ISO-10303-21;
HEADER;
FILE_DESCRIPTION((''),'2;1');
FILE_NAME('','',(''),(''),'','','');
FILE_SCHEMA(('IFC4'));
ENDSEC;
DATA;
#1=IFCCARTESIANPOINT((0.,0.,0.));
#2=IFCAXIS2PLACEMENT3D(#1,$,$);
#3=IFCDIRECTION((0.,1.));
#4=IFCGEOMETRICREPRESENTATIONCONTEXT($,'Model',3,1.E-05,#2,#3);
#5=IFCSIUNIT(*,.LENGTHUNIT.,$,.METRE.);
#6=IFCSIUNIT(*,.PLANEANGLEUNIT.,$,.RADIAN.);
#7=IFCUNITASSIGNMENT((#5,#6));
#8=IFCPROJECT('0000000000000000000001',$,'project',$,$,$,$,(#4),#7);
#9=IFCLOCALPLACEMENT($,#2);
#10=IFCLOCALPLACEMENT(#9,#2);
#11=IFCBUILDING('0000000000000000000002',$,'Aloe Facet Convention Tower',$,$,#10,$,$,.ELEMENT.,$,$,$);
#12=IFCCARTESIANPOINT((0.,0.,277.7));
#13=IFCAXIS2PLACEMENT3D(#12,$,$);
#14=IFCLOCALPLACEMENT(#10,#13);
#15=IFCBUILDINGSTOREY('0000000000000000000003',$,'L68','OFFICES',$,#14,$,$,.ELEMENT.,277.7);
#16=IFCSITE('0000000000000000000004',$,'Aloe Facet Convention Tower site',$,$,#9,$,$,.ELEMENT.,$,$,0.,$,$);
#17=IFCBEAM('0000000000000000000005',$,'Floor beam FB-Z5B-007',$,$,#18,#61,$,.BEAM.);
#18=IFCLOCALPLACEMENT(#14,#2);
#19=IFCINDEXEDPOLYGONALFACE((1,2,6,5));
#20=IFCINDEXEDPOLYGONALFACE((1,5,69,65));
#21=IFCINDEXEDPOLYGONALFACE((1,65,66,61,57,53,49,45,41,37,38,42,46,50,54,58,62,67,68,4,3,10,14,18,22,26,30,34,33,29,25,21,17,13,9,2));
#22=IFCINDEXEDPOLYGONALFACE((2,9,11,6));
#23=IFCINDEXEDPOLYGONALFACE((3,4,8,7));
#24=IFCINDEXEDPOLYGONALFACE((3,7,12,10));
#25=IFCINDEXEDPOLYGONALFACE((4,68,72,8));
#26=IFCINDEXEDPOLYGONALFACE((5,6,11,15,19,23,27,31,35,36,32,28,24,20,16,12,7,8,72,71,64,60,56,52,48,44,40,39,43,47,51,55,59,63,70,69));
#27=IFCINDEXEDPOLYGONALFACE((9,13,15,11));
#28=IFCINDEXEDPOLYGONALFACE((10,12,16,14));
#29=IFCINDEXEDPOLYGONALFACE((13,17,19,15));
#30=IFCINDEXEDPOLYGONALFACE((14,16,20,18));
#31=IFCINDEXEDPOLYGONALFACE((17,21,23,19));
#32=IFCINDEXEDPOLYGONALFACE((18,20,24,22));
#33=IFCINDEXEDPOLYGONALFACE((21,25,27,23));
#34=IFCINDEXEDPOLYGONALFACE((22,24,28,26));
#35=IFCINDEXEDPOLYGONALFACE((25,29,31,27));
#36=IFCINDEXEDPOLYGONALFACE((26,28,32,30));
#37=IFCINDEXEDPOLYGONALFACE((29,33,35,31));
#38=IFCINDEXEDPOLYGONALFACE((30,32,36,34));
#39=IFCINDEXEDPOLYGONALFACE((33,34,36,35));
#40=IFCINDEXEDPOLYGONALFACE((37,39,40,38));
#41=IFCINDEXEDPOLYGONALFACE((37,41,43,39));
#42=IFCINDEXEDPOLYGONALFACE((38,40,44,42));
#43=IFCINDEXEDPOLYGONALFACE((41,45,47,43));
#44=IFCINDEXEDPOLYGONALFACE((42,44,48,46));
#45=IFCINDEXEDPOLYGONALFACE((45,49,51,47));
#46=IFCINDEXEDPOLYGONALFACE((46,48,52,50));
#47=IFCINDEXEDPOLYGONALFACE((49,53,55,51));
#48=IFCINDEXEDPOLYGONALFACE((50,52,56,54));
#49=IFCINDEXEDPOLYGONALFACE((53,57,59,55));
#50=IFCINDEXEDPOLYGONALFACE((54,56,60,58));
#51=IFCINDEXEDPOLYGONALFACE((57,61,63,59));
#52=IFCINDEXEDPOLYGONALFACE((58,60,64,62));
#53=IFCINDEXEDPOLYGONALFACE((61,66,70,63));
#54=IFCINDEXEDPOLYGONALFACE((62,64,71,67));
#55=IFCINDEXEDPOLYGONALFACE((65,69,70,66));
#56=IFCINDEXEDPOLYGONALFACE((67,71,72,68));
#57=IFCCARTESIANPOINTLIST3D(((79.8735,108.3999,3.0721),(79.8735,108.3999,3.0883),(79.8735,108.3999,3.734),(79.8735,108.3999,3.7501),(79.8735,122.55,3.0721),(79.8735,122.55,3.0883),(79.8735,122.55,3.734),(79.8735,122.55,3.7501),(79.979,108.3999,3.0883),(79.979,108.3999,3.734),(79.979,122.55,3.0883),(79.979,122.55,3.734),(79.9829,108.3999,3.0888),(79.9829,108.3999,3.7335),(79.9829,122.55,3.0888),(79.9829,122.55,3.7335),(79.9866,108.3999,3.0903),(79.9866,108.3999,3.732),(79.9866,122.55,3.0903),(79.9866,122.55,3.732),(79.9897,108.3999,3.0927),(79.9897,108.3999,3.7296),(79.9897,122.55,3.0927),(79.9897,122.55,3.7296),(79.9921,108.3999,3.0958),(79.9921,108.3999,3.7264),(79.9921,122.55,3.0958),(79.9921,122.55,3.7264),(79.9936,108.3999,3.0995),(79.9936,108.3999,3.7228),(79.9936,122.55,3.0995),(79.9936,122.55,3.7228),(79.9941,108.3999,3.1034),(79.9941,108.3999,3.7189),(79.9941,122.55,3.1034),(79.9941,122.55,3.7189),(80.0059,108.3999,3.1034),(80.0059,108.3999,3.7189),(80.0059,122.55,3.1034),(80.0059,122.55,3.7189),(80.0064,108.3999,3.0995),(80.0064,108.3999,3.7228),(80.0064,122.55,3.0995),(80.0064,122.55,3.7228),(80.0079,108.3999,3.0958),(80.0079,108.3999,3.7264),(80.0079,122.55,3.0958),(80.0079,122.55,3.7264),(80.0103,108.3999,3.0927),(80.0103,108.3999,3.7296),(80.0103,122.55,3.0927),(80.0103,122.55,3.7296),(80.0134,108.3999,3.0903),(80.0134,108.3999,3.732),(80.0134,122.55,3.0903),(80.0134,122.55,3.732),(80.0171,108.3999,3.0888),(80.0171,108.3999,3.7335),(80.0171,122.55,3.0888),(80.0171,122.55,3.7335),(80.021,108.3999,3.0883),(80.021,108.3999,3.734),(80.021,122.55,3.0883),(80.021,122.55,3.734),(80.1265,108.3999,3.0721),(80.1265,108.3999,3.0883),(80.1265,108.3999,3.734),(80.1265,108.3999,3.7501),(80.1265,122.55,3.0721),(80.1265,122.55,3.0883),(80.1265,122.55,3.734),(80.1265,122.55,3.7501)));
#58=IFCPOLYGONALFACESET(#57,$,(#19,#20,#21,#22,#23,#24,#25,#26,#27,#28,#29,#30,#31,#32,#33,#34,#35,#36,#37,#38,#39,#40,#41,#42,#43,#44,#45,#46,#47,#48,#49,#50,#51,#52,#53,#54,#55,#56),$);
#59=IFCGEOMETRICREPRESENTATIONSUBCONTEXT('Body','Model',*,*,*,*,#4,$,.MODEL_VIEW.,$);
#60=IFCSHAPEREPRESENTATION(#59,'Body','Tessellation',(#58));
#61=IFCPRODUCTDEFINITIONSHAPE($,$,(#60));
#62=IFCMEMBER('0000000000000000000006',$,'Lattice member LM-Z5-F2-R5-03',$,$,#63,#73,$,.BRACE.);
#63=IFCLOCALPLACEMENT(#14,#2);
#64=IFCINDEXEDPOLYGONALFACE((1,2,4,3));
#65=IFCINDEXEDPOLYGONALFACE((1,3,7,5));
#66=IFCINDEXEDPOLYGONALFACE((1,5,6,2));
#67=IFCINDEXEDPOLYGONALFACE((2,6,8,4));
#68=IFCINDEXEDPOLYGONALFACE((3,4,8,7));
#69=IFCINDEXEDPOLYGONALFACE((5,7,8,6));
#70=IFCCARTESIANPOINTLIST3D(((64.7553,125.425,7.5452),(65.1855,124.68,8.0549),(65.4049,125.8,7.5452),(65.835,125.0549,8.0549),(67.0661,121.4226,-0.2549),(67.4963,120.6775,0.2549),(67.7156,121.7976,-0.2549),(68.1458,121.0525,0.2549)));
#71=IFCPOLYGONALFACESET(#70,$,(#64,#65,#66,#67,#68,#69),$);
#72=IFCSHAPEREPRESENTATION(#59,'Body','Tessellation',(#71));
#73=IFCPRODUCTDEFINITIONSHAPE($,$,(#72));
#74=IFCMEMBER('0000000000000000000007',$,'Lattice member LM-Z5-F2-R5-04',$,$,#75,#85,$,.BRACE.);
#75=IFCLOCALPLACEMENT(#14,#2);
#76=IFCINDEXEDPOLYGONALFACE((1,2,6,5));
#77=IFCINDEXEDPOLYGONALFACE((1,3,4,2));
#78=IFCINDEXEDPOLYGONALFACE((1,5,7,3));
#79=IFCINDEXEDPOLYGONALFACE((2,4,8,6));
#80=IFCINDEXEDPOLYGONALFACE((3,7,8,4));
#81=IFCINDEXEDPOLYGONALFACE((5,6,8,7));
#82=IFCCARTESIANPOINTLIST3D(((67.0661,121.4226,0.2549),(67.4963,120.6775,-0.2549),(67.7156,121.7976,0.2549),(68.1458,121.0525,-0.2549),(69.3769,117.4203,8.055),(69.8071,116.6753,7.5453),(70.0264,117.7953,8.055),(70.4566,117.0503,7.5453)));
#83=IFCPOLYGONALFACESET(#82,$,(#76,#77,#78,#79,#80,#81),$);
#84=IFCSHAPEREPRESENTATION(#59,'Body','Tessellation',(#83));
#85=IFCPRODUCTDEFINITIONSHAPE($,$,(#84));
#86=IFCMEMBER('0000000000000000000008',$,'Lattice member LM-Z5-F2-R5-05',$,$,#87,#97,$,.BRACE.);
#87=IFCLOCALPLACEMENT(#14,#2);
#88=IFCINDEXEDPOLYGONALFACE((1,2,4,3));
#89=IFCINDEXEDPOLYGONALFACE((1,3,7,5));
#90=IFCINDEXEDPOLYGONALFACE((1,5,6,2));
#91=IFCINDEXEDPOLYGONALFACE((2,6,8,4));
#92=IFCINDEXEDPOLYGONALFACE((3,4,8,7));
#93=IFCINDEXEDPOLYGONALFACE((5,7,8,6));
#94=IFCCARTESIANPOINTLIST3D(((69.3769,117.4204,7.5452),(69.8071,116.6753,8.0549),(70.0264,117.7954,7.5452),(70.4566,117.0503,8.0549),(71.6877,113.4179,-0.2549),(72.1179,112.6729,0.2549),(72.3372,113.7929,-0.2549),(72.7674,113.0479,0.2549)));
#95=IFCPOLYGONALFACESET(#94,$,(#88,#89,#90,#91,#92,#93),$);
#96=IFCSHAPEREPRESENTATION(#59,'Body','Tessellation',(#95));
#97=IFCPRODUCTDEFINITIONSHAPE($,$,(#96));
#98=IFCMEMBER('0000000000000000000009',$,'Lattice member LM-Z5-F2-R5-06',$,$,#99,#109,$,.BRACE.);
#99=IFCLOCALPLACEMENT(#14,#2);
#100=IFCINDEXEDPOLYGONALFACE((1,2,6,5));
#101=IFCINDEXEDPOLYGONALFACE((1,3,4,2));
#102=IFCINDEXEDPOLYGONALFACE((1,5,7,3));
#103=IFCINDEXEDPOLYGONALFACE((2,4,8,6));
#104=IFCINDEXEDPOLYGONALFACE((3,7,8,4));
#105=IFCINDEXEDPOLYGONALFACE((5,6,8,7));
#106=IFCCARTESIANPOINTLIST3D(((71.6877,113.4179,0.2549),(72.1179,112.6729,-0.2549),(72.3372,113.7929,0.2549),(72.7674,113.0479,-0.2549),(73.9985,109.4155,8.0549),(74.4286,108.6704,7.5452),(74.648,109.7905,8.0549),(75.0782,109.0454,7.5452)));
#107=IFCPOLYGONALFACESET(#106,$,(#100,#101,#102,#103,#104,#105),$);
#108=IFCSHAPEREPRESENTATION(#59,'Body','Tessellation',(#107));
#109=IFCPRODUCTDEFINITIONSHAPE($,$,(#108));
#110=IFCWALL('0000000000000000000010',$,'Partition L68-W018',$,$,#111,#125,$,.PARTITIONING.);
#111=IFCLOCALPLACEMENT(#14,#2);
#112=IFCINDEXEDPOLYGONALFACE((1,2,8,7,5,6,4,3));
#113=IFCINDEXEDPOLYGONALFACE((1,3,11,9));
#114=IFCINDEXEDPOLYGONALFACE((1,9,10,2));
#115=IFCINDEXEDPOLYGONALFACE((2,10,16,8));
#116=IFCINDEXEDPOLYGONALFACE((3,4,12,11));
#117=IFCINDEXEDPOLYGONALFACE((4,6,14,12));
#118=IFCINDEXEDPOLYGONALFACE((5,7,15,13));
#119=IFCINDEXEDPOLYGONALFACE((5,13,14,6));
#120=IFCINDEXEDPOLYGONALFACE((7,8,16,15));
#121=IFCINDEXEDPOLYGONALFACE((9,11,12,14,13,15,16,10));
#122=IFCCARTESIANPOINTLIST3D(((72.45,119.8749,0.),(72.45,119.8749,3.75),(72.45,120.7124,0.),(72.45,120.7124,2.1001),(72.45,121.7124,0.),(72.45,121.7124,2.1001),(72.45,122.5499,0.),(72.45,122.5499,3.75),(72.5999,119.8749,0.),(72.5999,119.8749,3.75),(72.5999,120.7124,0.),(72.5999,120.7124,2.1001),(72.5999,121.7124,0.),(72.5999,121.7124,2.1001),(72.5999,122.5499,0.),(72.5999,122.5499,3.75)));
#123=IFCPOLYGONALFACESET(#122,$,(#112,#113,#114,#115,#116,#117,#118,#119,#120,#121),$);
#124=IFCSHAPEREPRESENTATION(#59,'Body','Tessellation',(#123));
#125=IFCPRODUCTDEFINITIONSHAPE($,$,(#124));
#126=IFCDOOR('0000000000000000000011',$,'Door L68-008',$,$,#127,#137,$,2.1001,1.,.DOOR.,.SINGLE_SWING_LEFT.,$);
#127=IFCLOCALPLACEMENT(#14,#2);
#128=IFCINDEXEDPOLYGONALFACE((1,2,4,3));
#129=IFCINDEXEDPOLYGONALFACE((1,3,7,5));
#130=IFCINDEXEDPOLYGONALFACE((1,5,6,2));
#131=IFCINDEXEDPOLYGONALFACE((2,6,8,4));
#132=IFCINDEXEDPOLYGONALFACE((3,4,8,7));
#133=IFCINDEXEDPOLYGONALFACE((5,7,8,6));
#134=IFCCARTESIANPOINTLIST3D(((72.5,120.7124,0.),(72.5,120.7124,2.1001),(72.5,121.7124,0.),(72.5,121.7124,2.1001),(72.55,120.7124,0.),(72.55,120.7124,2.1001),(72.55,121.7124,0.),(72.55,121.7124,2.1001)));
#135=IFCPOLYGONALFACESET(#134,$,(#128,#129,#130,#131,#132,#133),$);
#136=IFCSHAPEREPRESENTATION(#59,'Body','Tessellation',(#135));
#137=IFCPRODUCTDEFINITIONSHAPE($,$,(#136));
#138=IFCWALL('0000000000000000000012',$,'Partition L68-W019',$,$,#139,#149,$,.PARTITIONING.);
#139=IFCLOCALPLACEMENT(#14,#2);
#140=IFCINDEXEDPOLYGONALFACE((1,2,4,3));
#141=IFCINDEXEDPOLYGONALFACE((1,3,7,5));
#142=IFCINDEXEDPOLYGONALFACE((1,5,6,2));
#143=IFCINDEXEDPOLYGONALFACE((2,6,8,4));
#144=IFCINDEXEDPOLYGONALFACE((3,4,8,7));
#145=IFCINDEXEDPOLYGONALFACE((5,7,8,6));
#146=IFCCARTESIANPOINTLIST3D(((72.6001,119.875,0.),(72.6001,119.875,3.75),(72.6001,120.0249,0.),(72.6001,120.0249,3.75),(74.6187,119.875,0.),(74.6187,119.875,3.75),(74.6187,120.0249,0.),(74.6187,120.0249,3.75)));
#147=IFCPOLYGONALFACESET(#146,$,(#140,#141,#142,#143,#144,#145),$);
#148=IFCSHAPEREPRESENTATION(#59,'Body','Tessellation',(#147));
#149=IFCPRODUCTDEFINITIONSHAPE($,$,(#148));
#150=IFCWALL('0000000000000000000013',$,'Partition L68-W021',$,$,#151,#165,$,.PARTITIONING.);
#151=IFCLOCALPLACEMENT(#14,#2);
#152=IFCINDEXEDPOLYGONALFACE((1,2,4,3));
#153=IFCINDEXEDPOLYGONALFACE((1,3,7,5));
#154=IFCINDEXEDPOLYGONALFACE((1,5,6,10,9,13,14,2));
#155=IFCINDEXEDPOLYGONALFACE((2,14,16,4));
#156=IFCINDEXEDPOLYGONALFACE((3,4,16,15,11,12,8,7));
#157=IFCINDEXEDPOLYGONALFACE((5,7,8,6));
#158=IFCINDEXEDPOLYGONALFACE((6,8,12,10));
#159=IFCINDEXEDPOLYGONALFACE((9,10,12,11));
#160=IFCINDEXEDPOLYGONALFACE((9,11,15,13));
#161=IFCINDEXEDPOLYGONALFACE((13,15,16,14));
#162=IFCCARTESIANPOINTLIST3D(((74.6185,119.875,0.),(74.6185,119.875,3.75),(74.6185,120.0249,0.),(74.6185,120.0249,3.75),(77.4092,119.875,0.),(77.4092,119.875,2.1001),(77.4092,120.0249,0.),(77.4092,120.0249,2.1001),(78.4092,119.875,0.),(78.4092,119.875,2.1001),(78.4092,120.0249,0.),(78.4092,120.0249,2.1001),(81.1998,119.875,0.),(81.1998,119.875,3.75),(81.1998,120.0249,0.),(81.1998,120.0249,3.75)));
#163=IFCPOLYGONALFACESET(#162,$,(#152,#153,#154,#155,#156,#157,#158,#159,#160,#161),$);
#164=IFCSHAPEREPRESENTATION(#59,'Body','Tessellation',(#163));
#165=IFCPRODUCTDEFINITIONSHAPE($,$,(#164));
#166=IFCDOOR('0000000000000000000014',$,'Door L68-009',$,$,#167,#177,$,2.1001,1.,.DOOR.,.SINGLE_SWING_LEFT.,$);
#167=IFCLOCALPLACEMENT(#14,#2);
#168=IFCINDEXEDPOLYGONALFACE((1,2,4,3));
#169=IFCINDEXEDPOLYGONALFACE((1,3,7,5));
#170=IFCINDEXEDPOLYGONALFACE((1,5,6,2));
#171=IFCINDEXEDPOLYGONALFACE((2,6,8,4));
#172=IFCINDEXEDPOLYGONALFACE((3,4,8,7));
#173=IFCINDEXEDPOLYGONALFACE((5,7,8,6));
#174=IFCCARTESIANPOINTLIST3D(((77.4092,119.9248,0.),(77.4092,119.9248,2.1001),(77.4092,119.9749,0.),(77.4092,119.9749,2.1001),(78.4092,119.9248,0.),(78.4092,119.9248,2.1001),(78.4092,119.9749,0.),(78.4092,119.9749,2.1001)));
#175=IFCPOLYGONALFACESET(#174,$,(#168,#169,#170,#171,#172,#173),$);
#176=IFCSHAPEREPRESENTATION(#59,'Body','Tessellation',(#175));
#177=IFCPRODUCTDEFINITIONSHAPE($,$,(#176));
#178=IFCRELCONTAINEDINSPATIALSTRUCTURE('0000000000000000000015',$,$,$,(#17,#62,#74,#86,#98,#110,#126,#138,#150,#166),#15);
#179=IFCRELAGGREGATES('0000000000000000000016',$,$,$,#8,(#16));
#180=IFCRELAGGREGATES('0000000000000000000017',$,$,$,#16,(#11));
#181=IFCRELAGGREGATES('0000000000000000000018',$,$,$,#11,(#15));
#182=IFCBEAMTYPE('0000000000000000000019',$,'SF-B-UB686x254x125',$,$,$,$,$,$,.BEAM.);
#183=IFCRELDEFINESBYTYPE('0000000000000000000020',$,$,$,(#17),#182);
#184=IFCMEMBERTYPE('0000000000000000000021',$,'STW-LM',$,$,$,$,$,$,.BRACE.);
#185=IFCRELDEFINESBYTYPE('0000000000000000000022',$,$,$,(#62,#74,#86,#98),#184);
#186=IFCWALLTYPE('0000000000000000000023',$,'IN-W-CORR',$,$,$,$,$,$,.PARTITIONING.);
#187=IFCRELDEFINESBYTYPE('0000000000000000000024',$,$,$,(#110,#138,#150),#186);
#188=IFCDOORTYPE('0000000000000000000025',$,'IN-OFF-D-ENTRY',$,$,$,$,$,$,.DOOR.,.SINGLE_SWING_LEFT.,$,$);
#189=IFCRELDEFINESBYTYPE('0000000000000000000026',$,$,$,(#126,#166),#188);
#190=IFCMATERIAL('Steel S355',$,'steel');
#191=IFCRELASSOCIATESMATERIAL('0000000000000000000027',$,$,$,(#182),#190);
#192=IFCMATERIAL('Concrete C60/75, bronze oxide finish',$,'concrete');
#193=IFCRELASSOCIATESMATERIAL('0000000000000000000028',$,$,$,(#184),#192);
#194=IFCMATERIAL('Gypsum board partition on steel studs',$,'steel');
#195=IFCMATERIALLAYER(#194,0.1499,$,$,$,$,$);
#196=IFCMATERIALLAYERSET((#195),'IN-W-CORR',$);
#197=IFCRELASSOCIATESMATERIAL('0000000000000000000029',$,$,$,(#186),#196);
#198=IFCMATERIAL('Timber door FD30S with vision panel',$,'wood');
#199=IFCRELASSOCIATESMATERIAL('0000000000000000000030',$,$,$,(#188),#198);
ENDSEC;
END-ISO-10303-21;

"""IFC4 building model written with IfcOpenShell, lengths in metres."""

from ifc_helpers import new_model, si_unit, direction, frame, frame_2d, origin, origin_2d, place, context, subcontext, project, spatial, rectangle, i_section, extrude, material, layer, layer_set, material_profile, profile_set, type_object, element, fill, save


model = new_model("IFC4")

# Units and contexts
model_context = context("Model", 3, precision=1e-05, world=origin(), true_north=direction((0.0, 1.0)))
body_context = subcontext(model_context, "Body", "Model", "MODEL_VIEW")
ifc_project = project(units=[si_unit("LENGTHUNIT", "METRE"), si_unit("PLANEANGLEUNIT", "RADIAN")], contexts=[model_context])

# Site, building, storey
site_placement = place(None, origin())
site = spatial("IfcSite", under=ifc_project, at=site_placement, Name="Aloe Facet Convention Tower site", CompositionType="ELEMENT", RefElevation=0.0)
building_placement = place(site_placement, origin())
building = spatial("IfcBuilding", under=site, at=building_placement, Name="Aloe Facet Convention Tower", CompositionType="ELEMENT")
storey_placement = place(building_placement, frame((0.0, 0.0, 277.7)))
storey = spatial("IfcBuildingStorey", under=building, at=storey_placement, Name="L68", Description="OFFICES", CompositionType="ELEMENT", Elevation=277.7)

# Beam
ifc_material_1 = material(Name="Steel S355", Category="steel")
ifc_material_profile_1 = material_profile(ifc_material_1, i_section(OverallWidth=0.2529, OverallDepth=0.678, WebThickness=0.0117, FlangeThickness=0.0161, FilletRadius=0.0151, at=origin_2d()), Name="UB 686x254x125")
ifc_profile_set_1 = profile_set([ifc_material_profile_1], Name="Steel S355")
beam_type_1 = type_object("IfcBeamType", Name="SF-B-UB686x254x125", PredefinedType="BEAM", material=ifc_profile_set_1)
beam_1_placement = place(storey_placement, frame((80.0, 122.55, 3.4111), z_axis=(0.0, -1.0, 0.0), x_axis=(1.0, 0.0, 0.0)))
element("IfcBeam", 1, at=beam_1_placement, inside=storey, type_object=beam_type_1, Name="Floor beam FB-Z5B-007", PredefinedType="BEAM", context=body_context, shape_type="SweptSolid", body=[
    extrude(i_section(OverallWidth=0.2529, OverallDepth=0.678, WebThickness=0.0117, FlangeThickness=0.0161, FilletRadius=0.0151, at=origin_2d()), origin(), (0.0, 0.0, 1.0), 14.1501),
])

# Members
ifc_material_2 = material(Name="Concrete C60/75, bronze oxide finish", Category="concrete")
ifc_material_profile_2 = material_profile(ifc_material_2, rectangle(XDim=0.75, YDim=1.0, at=origin_2d()), Name="STW-LM")
ifc_profile_set_2 = profile_set([ifc_material_profile_2], Name="Concrete C60/75, bronze oxide finish")
member_type = type_object("IfcMemberType", Name="STW-LM", PredefinedType="BRACE", material=ifc_profile_set_2)
for number, where, z_axis, x_axis, name in (
    (2, (67.606, 121.2375, 0.0), (-0.254873, 0.441458, 0.860322), (-0.866027, -0.499997, 0.0), "Lattice member LM-Z5-F2-R5-03"),
    (3, (67.606, 121.2375, 0.0), (0.254876, -0.441436, 0.860333), (0.866014, 0.50002, 0.0), "Lattice member LM-Z5-F2-R5-04"),
    (4, (72.2275, 113.2329, 0.0), (-0.254873, 0.441458, 0.860322), (-0.866027, -0.499997, 0.0), "Lattice member LM-Z5-F2-R5-05"),
    (5, (72.2275, 113.2329, 0.0), (0.254873, -0.441458, 0.860322), (0.866027, 0.499997, 0.0), "Lattice member LM-Z5-F2-R5-06"),
):
    element("IfcMember", number, at=place(storey_placement, frame(where, z_axis=z_axis, x_axis=x_axis)), inside=storey, type_object=member_type, Name=name, PredefinedType="BRACE", context=body_context, shape_type="SweptSolid", body=[
        extrude(rectangle(XDim=0.75, YDim=1.0, at=origin_2d()), origin(), (0.0, 0.0, 1.0), 9.0664),
    ])

# Wall, opening, door
ifc_material_3 = material(Name="Gypsum board partition on steel studs", Category="steel")
ifc_layer_1 = layer(ifc_material_3, 0.1499)
ifc_layer_set_1 = layer_set([ifc_layer_1], Name="IN-W-CORR")
wall_type_1 = type_object("IfcWallType", Name="IN-W-CORR", PredefinedType="PARTITIONING", material=ifc_layer_set_1)
wall_1_placement = place(storey_placement, frame((72.5249, 119.875, 0.0), z_axis=(0.0, 0.0, 1.0), x_axis=(0.0, 1.0, 0.0)))
wall_1 = element("IfcWall", 6, at=wall_1_placement, inside=storey, type_object=wall_type_1, Name="Partition L68-W018", PredefinedType="PARTITIONING", context=body_context, shape_type="SweptSolid", body=[
    extrude(rectangle(XDim=2.675, YDim=0.1499, at=frame_2d((1.3374, 0.0))), origin(), (0.0, 0.0, 1.0), 3.75),
])
opening_1_placement = place(wall_1_placement, frame((0.8374, 0.0, 0.0)))
opening_1 = element("IfcOpeningElement", 7, at=opening_1_placement, cuts=wall_1, PredefinedType="OPENING", context=body_context, shape_type="SweptSolid", body=[
    extrude(rectangle(XDim=1.0, YDim=2.1001, at=frame_2d((0.5, 1.05))), frame((0.0, 0.085, 0.0), z_axis=(0.0, -1.0, 0.0), x_axis=(1.0, 0.0, 0.0)), (0.0, 0.0, 1.0), 0.1699),
])
ifc_material_4 = material(Name="Timber door FD30S with vision panel", Category="wood")
door_type_1 = type_object("IfcDoorType", Name="IN-OFF-D-ENTRY", OperationType="SINGLE_SWING_LEFT", PredefinedType="DOOR", material=ifc_material_4)
door_1_placement = place(opening_1_placement, origin())
door_1 = element("IfcDoor", 8, at=door_1_placement, inside=storey, type_object=door_type_1, Name="Door L68-008", OperationType="SINGLE_SWING_LEFT", OverallHeight=2.1001, OverallWidth=1.0, PredefinedType="DOOR", context=body_context, shape_type="SweptSolid", body=[
    extrude(rectangle(XDim=1.0, YDim=2.1001, at=frame_2d((0.5, 1.05))), frame((0.0, 0.0249, 0.0), z_axis=(0.0, -1.0, 0.0), x_axis=(1.0, 0.0, 0.0)), (0.0, 0.0, 1.0), 0.05),
])
fill(opening_1, door_1)

# Wall
wall_2_placement = place(storey_placement, frame((72.6001, 119.95, 0.0), z_axis=(0.0, 0.0, 1.0), x_axis=(1.0, 0.0, 0.0)))
element("IfcWall", 9, at=wall_2_placement, inside=storey, type_object=wall_type_1, Name="Partition L68-W019", PredefinedType="PARTITIONING", context=body_context, shape_type="SweptSolid", body=[
    extrude(rectangle(XDim=2.0186, YDim=0.1499, at=frame_2d((1.0093, 0.0))), origin(), (0.0, 0.0, 1.0), 3.75),
])

# Wall, opening, door
wall_3_placement = place(storey_placement, frame((74.6187, 119.95, 0.0), z_axis=(0.0, 0.0, 1.0), x_axis=(1.0, 0.0, 0.0)))
wall_3 = element("IfcWall", 10, at=wall_3_placement, inside=storey, type_object=wall_type_1, Name="Partition L68-W021", PredefinedType="PARTITIONING", context=body_context, shape_type="SweptSolid", body=[
    extrude(rectangle(XDim=6.5813, YDim=0.1499, at=frame_2d((3.2905, 0.0))), origin(), (0.0, 0.0, 1.0), 3.75),
])
opening_2_placement = place(wall_3_placement, frame((2.7905, 0.0, 0.0)))
opening_2 = element("IfcOpeningElement", 11, at=opening_2_placement, cuts=wall_3, PredefinedType="OPENING", context=body_context, shape_type="SweptSolid", body=[
    extrude(rectangle(XDim=1.0, YDim=2.1001, at=frame_2d((0.5, 1.05))), frame((0.0, 0.085, 0.0), z_axis=(0.0, -1.0, 0.0), x_axis=(1.0, 0.0, 0.0)), (0.0, 0.0, 1.0), 0.1699),
])
door_2_placement = place(opening_2_placement, origin())
door_2 = element("IfcDoor", 12, at=door_2_placement, inside=storey, type_object=door_type_1, Name="Door L68-009", OperationType="SINGLE_SWING_LEFT", OverallHeight=2.1001, OverallWidth=1.0, PredefinedType="DOOR", context=body_context, shape_type="SweptSolid", body=[
    extrude(rectangle(XDim=1.0, YDim=2.1001, at=frame_2d((0.5, 1.05))), frame((0.0, 0.0249, 0.0), z_axis=(0.0, -1.0, 0.0), x_axis=(1.0, 0.0, 0.0)), (0.0, 0.0, 1.0), 0.05),
])
fill(opening_2, door_2)

save(model, "model.ifc")
